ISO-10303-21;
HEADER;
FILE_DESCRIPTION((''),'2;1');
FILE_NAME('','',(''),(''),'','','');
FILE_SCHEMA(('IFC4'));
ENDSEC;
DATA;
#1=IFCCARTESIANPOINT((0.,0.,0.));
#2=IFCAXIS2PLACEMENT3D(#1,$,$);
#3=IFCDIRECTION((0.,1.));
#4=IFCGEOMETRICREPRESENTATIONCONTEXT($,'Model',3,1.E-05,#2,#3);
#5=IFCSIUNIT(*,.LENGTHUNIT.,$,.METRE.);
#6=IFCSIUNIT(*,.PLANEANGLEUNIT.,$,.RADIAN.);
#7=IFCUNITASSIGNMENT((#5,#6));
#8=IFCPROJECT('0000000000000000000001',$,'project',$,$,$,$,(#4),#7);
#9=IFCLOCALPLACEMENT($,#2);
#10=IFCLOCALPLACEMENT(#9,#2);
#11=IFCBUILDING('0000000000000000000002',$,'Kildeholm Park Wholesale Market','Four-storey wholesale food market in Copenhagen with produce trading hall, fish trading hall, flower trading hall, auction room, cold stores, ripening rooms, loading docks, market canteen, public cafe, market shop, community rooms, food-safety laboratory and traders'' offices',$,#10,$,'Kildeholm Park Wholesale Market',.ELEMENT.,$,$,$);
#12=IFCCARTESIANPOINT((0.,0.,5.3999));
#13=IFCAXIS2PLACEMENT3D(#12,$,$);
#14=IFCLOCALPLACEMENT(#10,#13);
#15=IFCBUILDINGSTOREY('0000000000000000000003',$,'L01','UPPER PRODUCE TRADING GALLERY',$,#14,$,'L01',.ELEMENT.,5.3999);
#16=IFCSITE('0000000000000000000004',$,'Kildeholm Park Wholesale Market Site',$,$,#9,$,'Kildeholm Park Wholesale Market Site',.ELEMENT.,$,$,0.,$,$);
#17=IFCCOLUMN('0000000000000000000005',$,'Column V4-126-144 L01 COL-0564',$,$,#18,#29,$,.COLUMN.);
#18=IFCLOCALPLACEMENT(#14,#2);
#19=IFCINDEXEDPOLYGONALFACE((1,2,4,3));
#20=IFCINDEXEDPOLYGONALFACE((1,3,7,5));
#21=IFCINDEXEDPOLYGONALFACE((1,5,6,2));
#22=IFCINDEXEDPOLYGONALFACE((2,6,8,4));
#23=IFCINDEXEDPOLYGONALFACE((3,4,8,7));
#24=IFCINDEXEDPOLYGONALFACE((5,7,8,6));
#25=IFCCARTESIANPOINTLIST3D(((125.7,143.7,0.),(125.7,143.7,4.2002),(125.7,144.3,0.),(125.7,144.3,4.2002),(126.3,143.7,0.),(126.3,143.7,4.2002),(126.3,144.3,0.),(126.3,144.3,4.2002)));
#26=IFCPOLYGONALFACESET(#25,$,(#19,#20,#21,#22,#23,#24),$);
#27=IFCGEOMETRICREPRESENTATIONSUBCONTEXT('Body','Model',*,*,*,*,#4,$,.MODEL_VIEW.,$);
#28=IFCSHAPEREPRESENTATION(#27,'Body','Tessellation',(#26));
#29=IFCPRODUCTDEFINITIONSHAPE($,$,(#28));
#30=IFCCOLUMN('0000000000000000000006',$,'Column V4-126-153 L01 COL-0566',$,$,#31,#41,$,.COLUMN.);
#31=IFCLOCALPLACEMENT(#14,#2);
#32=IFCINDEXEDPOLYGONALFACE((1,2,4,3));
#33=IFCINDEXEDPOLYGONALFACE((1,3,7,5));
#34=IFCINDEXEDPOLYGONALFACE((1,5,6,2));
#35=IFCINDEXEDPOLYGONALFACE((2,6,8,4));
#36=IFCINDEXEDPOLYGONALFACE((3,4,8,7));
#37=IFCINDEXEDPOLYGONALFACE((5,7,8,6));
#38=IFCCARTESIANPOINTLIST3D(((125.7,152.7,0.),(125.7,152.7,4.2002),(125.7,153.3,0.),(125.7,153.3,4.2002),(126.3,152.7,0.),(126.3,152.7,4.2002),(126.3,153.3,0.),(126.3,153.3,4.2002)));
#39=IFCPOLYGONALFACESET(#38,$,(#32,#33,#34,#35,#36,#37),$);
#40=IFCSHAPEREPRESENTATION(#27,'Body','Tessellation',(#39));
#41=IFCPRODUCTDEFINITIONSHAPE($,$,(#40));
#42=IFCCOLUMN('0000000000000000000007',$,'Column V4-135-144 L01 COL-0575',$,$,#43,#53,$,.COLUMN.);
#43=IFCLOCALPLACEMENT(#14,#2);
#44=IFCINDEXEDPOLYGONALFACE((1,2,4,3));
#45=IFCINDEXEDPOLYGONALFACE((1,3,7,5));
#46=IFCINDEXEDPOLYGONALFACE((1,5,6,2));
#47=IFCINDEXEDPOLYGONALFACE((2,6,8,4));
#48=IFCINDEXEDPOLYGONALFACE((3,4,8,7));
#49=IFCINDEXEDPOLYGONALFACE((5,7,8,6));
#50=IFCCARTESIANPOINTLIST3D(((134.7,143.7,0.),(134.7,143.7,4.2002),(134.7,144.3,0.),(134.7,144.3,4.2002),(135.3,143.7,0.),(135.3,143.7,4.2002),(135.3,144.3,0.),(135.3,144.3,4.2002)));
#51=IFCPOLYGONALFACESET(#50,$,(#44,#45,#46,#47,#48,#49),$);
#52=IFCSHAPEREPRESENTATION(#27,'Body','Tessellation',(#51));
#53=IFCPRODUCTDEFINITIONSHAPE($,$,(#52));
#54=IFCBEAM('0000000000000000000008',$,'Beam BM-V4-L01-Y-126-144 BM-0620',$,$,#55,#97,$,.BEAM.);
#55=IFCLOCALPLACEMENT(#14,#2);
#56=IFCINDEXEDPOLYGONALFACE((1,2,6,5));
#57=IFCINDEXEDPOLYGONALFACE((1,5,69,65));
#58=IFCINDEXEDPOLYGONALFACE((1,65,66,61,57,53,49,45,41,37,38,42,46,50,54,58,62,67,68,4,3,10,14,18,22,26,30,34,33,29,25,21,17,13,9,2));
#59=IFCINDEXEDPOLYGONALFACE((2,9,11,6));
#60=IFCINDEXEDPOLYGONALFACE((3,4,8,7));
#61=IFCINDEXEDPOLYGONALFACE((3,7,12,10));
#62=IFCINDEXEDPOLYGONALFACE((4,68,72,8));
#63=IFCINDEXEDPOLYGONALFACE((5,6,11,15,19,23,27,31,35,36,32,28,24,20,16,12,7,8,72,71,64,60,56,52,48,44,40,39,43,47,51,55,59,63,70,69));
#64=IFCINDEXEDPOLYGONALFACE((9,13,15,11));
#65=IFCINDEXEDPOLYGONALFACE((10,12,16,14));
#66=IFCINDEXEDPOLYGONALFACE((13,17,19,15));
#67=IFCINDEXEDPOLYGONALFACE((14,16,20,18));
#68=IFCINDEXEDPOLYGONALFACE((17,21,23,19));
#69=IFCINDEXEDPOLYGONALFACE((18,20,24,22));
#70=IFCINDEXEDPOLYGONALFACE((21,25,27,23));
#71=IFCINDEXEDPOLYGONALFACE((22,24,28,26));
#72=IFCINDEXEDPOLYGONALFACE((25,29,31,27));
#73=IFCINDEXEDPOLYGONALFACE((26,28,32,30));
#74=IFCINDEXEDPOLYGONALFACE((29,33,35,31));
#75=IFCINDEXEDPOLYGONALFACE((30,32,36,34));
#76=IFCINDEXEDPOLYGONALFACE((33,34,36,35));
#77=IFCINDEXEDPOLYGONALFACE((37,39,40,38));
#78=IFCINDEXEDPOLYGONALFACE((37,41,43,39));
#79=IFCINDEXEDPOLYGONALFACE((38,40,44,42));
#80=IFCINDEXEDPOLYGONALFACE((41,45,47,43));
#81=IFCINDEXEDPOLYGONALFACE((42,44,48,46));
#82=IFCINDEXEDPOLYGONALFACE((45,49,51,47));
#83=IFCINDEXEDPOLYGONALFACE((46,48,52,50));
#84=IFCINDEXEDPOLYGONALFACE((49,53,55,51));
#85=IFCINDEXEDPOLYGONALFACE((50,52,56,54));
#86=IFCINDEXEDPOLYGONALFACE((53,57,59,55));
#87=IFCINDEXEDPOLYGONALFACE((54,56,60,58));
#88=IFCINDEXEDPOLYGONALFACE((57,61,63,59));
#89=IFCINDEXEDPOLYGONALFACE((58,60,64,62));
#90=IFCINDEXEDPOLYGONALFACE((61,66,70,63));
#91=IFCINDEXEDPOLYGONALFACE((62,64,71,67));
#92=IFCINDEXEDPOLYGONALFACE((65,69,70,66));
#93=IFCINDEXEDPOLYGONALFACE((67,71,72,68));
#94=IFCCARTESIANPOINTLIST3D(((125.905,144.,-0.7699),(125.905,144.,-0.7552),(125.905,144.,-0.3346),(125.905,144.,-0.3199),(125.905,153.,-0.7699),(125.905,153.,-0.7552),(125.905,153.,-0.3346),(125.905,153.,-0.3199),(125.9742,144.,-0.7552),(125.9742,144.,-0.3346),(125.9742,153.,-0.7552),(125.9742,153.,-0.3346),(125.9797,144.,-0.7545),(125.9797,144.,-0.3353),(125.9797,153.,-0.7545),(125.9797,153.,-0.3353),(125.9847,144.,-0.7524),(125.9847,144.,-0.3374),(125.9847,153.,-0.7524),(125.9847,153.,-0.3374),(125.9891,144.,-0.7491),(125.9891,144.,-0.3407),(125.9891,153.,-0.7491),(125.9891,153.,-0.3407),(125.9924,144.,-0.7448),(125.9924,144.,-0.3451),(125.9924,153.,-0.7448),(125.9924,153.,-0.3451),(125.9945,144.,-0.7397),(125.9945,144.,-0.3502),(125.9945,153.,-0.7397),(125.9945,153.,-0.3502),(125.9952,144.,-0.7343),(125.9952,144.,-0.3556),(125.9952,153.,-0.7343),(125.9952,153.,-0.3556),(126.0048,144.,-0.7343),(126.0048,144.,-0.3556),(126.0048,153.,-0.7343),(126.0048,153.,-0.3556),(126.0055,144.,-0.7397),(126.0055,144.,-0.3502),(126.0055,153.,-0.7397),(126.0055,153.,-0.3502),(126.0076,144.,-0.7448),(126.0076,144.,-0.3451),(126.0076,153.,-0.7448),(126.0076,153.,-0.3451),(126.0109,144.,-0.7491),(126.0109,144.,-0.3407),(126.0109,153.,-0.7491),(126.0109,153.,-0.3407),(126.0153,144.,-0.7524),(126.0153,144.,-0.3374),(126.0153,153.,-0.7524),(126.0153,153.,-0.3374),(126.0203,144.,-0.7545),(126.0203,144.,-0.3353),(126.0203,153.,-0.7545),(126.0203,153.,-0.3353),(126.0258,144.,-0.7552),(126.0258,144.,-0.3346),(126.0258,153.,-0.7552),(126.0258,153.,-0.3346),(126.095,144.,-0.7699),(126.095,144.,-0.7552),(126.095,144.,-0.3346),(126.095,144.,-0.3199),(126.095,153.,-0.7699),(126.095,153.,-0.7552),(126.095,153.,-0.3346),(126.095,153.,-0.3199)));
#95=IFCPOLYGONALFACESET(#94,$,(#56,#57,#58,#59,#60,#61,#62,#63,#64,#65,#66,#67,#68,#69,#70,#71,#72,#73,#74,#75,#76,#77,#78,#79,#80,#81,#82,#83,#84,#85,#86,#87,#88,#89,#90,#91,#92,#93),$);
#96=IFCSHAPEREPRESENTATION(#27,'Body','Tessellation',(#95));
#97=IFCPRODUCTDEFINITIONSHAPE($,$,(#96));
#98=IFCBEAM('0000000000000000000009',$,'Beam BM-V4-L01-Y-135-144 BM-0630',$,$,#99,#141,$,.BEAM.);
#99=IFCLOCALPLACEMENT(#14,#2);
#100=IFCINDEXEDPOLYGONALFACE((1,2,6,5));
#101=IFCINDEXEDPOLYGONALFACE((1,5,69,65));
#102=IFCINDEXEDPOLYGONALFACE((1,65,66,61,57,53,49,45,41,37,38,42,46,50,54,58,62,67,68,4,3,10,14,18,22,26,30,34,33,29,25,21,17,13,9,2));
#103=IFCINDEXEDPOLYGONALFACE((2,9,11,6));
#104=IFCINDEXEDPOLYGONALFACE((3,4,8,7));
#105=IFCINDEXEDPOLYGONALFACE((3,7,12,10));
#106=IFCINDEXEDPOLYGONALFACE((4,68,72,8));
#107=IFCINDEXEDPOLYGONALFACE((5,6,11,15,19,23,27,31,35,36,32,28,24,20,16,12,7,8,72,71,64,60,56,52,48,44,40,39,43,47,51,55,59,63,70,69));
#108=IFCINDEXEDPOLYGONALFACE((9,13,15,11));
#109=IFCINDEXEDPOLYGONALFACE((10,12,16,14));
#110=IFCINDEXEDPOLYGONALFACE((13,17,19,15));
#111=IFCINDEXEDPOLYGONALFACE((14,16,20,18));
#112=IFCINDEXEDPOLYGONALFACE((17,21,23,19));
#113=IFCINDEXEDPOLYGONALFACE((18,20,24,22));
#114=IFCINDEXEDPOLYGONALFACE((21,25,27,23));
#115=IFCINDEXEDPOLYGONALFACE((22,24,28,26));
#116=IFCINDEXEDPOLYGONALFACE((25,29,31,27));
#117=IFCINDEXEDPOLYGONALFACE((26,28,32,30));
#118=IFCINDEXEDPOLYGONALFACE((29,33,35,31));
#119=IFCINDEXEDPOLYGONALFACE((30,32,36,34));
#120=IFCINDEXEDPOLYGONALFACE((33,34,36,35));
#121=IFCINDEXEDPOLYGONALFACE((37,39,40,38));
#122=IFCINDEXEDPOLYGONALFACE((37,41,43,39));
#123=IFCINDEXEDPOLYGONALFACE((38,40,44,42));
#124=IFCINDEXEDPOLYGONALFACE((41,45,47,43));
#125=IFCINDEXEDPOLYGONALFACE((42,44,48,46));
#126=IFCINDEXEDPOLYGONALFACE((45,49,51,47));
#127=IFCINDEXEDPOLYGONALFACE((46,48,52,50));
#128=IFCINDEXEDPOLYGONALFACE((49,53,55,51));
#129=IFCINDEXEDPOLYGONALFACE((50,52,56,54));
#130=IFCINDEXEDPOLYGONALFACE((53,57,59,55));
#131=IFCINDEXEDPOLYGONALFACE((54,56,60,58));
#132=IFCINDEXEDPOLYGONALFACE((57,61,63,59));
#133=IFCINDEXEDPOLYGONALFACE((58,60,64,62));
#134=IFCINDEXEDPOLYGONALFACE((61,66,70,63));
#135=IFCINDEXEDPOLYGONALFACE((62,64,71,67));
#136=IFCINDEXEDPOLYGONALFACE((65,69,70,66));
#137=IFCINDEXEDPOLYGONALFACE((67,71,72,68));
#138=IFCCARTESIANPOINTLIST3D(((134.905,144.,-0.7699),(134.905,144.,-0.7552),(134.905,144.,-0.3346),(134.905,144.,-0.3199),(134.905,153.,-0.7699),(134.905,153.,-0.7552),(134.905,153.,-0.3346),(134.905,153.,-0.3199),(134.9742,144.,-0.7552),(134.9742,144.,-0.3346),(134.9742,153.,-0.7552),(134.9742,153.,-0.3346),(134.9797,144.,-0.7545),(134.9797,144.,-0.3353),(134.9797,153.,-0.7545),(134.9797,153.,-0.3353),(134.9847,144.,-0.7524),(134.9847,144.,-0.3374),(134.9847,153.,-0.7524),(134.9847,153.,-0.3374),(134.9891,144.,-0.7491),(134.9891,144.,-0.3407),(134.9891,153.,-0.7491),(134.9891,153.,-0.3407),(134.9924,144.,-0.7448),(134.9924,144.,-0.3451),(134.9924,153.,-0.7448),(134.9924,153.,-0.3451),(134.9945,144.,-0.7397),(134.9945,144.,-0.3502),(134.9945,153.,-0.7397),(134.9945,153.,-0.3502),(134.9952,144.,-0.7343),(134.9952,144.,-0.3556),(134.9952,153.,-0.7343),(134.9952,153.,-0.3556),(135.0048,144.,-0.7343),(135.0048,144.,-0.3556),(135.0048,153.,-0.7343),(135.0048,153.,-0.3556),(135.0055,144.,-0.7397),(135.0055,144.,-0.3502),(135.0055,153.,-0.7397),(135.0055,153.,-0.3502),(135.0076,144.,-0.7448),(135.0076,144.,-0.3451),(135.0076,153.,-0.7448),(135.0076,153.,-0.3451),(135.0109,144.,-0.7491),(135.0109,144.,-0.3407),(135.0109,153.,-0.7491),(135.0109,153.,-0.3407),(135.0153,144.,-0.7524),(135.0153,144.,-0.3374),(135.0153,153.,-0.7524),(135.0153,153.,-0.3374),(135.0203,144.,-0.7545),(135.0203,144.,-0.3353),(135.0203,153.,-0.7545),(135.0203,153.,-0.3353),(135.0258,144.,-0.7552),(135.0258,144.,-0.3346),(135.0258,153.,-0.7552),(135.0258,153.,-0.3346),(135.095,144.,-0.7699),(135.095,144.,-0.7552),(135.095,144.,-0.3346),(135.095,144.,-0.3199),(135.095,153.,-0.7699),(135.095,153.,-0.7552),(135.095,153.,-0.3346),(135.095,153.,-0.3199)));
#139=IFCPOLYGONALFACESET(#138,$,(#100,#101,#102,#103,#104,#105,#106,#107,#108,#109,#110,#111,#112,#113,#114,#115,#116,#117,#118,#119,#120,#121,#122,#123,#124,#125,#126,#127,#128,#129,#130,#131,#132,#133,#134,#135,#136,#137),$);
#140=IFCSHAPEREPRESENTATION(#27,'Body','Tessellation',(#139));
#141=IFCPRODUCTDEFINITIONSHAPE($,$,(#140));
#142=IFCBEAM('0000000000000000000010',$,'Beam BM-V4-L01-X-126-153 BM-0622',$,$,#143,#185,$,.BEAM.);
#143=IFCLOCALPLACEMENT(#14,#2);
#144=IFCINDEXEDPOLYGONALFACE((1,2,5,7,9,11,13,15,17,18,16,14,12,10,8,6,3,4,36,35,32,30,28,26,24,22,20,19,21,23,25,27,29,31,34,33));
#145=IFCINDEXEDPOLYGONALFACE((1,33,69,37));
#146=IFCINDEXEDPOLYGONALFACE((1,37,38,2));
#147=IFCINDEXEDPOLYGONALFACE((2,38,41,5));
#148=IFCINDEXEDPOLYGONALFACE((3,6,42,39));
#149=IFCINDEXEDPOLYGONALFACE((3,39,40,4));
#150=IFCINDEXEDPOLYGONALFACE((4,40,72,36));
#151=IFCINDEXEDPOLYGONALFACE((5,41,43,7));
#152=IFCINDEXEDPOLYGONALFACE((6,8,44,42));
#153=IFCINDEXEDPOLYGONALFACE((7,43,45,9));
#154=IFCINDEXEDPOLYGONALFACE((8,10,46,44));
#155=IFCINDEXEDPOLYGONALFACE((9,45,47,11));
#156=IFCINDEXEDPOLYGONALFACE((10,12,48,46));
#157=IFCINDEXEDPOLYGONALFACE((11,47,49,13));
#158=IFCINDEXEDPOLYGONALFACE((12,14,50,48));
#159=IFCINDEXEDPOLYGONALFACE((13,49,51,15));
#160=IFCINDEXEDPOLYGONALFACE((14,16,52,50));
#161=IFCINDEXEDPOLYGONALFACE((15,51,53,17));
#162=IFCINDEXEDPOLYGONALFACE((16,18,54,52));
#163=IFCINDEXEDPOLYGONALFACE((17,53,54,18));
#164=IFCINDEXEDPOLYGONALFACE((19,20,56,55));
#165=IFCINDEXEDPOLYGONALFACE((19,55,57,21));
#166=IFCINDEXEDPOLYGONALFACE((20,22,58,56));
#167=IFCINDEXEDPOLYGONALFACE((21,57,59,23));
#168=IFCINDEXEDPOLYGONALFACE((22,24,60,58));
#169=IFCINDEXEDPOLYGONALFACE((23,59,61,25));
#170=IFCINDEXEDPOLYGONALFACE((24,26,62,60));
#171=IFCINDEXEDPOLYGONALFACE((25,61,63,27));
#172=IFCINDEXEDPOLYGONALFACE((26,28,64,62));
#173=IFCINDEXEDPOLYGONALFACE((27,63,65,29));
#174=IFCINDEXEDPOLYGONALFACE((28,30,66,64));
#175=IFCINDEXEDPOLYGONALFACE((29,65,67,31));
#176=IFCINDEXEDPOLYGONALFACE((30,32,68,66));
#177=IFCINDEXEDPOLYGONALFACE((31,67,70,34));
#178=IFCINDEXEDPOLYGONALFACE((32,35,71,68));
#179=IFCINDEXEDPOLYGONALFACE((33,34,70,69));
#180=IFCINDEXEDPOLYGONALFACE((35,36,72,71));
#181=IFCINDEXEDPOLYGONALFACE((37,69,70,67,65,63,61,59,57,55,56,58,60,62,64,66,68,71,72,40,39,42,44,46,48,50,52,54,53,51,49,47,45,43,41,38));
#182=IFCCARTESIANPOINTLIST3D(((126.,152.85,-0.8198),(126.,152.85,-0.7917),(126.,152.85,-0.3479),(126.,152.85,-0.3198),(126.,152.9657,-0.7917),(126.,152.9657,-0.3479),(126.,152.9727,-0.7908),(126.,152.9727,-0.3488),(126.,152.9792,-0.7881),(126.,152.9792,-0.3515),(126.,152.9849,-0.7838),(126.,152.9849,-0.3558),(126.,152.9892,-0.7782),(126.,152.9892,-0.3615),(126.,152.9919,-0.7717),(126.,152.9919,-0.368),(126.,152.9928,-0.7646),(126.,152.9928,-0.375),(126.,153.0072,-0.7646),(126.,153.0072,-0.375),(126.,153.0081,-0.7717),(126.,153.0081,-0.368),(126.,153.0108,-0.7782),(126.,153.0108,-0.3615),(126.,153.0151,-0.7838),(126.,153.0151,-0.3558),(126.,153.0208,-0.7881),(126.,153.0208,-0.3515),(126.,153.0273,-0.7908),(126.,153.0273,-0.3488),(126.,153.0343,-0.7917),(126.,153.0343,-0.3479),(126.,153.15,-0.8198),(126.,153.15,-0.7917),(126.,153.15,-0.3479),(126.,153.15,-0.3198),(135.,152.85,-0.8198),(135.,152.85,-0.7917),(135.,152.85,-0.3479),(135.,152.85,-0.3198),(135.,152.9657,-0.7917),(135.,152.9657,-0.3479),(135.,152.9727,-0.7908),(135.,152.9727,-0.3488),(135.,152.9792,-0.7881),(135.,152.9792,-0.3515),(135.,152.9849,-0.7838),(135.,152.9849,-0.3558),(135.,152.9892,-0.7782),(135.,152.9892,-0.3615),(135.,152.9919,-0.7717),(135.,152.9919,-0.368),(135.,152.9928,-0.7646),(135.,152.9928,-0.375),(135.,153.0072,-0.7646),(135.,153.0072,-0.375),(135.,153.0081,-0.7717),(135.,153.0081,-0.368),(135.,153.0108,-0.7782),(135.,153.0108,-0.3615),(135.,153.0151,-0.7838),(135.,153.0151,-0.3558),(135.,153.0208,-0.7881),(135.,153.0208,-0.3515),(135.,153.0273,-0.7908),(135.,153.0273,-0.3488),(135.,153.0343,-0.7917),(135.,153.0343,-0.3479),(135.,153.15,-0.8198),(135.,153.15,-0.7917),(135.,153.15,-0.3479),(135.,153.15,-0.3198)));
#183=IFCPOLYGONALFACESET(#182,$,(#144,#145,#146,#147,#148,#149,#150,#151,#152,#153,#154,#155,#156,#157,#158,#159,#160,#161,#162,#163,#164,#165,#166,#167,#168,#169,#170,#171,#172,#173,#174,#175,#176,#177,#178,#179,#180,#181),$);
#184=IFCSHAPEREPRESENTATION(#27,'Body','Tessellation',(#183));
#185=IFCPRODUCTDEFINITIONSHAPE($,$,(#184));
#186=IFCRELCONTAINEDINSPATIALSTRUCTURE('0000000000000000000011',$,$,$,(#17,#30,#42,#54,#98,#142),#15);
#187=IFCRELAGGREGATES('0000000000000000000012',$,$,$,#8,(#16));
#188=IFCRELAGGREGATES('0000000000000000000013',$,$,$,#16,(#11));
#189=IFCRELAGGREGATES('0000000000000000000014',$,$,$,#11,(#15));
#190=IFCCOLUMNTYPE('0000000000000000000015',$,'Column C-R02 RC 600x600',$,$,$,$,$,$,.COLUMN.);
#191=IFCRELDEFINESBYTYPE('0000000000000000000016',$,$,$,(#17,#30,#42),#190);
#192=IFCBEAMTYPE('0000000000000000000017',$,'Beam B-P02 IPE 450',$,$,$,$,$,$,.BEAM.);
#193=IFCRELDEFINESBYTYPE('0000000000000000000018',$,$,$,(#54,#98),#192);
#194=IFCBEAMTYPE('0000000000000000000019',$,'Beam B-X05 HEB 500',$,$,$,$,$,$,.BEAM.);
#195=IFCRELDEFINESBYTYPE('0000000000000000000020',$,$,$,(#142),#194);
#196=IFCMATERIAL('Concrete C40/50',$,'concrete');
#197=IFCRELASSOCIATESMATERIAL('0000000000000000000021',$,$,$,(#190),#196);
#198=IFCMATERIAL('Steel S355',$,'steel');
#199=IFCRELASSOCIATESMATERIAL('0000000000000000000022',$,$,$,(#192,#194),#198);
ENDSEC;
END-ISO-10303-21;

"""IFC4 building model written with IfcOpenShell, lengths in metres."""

from ifc_helpers import new_model, si_unit, direction, frame, origin, origin_2d, place, context, subcontext, project, spatial, rectangle, i_section, extrude, material, material_profile, profile_set, type_object, element, save


model = new_model("IFC4")

# Units and contexts
model_context = context("Model", 3, precision=1e-05, world=origin(), true_north=direction((0.0, 1.0)))
body_context = subcontext(model_context, "Body", "Model", "MODEL_VIEW")
ifc_project = project(units=[si_unit("LENGTHUNIT", "METRE"), si_unit("PLANEANGLEUNIT", "RADIAN")], contexts=[model_context])

# Site, building, storey
site_placement = place(None, origin())
site = spatial("IfcSite", under=ifc_project, at=site_placement, Name="Kildeholm Park Wholesale Market Site", LongName="Kildeholm Park Wholesale Market Site", CompositionType="ELEMENT", RefElevation=0.0)
building_placement = place(site_placement, origin())
building = spatial("IfcBuilding", under=site, at=building_placement, Name="Kildeholm Park Wholesale Market", Description="Four-storey wholesale food market in Copenhagen with produce trading hall, fish trading hall, flower trading hall, auction room, cold stores, ripening rooms, loading docks, market canteen, public cafe, market shop, community rooms, food-safety laboratory and traders' offices", LongName="Kildeholm Park Wholesale Market", CompositionType="ELEMENT")
storey_placement = place(building_placement, frame((0.0, 0.0, 5.3999)))
storey = spatial("IfcBuildingStorey", under=building, at=storey_placement, Name="L01", Description="UPPER PRODUCE TRADING GALLERY", LongName="L01", CompositionType="ELEMENT", Elevation=5.3999)

# Columns
ifc_material_1 = material(Name="Concrete C40/50", Category="concrete")
ifc_material_profile_1 = material_profile(ifc_material_1, rectangle(XDim=0.6001, YDim=0.6001, at=origin_2d()), Name="RC 600x600")
ifc_profile_set_1 = profile_set([ifc_material_profile_1], Name="Concrete C40/50")
column_type = type_object("IfcColumnType", Name="Column C-R02 RC 600x600", PredefinedType="COLUMN", material=ifc_profile_set_1)
for number, where, z_axis, x_axis, name in (
    (1, (126.0, 144.0, 0.0), (0.0, 0.0, 1.0), (1.0, 0.0, 0.0), "Column V4-126-144 L01 COL-0564"),
    (2, (126.0, 153.0, 0.0), (0.0, 0.0, 1.0), (1.0, 0.0, 0.0), "Column V4-126-153 L01 COL-0566"),
    (3, (135.0, 144.0, 0.0), (0.0, 0.0, 1.0), (1.0, 0.0, 0.0), "Column V4-135-144 L01 COL-0575"),
):
    element("IfcColumn", number, at=place(storey_placement, frame(where, z_axis=z_axis, x_axis=x_axis)), inside=storey, type_object=column_type, Name=name, PredefinedType="COLUMN", context=body_context, shape_type="SweptSolid", body=[
        extrude(rectangle(XDim=0.6001, YDim=0.6001, at=origin_2d()), origin(), (0.0, 0.0, 1.0), 4.2002),
    ])

# Beams
ifc_material_2 = material(Name="Steel S355", Category="steel")
ifc_material_profile_2 = material_profile(ifc_material_2, i_section(OverallWidth=0.1899, OverallDepth=0.45, WebThickness=0.0095, FlangeThickness=0.0146, FilletRadius=0.021, at=origin_2d()), Name="IPE 450")
ifc_profile_set_2 = profile_set([ifc_material_profile_2], Name="Steel S355")
beam_type_1 = type_object("IfcBeamType", Name="Beam B-P02 IPE 450", PredefinedType="BEAM", material=ifc_profile_set_2)
for number, where, z_axis, x_axis, name in (
    (4, (126.0, 144.0, -0.5449), (0.0, 1.0, 0.0), (-1.0, 0.0, 0.0), "Beam BM-V4-L01-Y-126-144 BM-0620"),
    (5, (135.0, 144.0, -0.5449), (0.0, 1.0, 0.0), (-1.0, 0.0, 0.0), "Beam BM-V4-L01-Y-135-144 BM-0630"),
):
    element("IfcBeam", number, at=place(storey_placement, frame(where, z_axis=z_axis, x_axis=x_axis)), inside=storey, type_object=beam_type_1, Name=name, PredefinedType="BEAM", context=body_context, shape_type="SweptSolid", body=[
        extrude(i_section(OverallWidth=0.1899, OverallDepth=0.45, WebThickness=0.0095, FlangeThickness=0.0146, FilletRadius=0.021, at=origin_2d()), origin(), (0.0, 0.0, 1.0), 9.0),
    ])
ifc_material_profile_3 = material_profile(ifc_material_2, i_section(OverallWidth=0.3, OverallDepth=0.5, WebThickness=0.0144, FlangeThickness=0.0281, FilletRadius=0.0271, at=origin_2d()), Name="HEB 500")
ifc_profile_set_3 = profile_set([ifc_material_profile_3], Name="Steel S355")
beam_type_2 = type_object("IfcBeamType", Name="Beam B-X05 HEB 500", PredefinedType="BEAM", material=ifc_profile_set_3)
beam_1_placement = place(storey_placement, frame((126.0, 153.0, -0.5698), z_axis=(1.0, 0.0, 0.0), x_axis=(0.0, 1.0, 0.0)))
element("IfcBeam", 6, at=beam_1_placement, inside=storey, type_object=beam_type_2, Name="Beam BM-V4-L01-X-126-153 BM-0622", PredefinedType="BEAM", context=body_context, shape_type="SweptSolid", body=[
    extrude(i_section(OverallWidth=0.3, OverallDepth=0.5, WebThickness=0.0144, FlangeThickness=0.0281, FilletRadius=0.0271, at=origin_2d()), origin(), (0.0, 0.0, 1.0), 9.0),
])

save(model, "model.ifc")
